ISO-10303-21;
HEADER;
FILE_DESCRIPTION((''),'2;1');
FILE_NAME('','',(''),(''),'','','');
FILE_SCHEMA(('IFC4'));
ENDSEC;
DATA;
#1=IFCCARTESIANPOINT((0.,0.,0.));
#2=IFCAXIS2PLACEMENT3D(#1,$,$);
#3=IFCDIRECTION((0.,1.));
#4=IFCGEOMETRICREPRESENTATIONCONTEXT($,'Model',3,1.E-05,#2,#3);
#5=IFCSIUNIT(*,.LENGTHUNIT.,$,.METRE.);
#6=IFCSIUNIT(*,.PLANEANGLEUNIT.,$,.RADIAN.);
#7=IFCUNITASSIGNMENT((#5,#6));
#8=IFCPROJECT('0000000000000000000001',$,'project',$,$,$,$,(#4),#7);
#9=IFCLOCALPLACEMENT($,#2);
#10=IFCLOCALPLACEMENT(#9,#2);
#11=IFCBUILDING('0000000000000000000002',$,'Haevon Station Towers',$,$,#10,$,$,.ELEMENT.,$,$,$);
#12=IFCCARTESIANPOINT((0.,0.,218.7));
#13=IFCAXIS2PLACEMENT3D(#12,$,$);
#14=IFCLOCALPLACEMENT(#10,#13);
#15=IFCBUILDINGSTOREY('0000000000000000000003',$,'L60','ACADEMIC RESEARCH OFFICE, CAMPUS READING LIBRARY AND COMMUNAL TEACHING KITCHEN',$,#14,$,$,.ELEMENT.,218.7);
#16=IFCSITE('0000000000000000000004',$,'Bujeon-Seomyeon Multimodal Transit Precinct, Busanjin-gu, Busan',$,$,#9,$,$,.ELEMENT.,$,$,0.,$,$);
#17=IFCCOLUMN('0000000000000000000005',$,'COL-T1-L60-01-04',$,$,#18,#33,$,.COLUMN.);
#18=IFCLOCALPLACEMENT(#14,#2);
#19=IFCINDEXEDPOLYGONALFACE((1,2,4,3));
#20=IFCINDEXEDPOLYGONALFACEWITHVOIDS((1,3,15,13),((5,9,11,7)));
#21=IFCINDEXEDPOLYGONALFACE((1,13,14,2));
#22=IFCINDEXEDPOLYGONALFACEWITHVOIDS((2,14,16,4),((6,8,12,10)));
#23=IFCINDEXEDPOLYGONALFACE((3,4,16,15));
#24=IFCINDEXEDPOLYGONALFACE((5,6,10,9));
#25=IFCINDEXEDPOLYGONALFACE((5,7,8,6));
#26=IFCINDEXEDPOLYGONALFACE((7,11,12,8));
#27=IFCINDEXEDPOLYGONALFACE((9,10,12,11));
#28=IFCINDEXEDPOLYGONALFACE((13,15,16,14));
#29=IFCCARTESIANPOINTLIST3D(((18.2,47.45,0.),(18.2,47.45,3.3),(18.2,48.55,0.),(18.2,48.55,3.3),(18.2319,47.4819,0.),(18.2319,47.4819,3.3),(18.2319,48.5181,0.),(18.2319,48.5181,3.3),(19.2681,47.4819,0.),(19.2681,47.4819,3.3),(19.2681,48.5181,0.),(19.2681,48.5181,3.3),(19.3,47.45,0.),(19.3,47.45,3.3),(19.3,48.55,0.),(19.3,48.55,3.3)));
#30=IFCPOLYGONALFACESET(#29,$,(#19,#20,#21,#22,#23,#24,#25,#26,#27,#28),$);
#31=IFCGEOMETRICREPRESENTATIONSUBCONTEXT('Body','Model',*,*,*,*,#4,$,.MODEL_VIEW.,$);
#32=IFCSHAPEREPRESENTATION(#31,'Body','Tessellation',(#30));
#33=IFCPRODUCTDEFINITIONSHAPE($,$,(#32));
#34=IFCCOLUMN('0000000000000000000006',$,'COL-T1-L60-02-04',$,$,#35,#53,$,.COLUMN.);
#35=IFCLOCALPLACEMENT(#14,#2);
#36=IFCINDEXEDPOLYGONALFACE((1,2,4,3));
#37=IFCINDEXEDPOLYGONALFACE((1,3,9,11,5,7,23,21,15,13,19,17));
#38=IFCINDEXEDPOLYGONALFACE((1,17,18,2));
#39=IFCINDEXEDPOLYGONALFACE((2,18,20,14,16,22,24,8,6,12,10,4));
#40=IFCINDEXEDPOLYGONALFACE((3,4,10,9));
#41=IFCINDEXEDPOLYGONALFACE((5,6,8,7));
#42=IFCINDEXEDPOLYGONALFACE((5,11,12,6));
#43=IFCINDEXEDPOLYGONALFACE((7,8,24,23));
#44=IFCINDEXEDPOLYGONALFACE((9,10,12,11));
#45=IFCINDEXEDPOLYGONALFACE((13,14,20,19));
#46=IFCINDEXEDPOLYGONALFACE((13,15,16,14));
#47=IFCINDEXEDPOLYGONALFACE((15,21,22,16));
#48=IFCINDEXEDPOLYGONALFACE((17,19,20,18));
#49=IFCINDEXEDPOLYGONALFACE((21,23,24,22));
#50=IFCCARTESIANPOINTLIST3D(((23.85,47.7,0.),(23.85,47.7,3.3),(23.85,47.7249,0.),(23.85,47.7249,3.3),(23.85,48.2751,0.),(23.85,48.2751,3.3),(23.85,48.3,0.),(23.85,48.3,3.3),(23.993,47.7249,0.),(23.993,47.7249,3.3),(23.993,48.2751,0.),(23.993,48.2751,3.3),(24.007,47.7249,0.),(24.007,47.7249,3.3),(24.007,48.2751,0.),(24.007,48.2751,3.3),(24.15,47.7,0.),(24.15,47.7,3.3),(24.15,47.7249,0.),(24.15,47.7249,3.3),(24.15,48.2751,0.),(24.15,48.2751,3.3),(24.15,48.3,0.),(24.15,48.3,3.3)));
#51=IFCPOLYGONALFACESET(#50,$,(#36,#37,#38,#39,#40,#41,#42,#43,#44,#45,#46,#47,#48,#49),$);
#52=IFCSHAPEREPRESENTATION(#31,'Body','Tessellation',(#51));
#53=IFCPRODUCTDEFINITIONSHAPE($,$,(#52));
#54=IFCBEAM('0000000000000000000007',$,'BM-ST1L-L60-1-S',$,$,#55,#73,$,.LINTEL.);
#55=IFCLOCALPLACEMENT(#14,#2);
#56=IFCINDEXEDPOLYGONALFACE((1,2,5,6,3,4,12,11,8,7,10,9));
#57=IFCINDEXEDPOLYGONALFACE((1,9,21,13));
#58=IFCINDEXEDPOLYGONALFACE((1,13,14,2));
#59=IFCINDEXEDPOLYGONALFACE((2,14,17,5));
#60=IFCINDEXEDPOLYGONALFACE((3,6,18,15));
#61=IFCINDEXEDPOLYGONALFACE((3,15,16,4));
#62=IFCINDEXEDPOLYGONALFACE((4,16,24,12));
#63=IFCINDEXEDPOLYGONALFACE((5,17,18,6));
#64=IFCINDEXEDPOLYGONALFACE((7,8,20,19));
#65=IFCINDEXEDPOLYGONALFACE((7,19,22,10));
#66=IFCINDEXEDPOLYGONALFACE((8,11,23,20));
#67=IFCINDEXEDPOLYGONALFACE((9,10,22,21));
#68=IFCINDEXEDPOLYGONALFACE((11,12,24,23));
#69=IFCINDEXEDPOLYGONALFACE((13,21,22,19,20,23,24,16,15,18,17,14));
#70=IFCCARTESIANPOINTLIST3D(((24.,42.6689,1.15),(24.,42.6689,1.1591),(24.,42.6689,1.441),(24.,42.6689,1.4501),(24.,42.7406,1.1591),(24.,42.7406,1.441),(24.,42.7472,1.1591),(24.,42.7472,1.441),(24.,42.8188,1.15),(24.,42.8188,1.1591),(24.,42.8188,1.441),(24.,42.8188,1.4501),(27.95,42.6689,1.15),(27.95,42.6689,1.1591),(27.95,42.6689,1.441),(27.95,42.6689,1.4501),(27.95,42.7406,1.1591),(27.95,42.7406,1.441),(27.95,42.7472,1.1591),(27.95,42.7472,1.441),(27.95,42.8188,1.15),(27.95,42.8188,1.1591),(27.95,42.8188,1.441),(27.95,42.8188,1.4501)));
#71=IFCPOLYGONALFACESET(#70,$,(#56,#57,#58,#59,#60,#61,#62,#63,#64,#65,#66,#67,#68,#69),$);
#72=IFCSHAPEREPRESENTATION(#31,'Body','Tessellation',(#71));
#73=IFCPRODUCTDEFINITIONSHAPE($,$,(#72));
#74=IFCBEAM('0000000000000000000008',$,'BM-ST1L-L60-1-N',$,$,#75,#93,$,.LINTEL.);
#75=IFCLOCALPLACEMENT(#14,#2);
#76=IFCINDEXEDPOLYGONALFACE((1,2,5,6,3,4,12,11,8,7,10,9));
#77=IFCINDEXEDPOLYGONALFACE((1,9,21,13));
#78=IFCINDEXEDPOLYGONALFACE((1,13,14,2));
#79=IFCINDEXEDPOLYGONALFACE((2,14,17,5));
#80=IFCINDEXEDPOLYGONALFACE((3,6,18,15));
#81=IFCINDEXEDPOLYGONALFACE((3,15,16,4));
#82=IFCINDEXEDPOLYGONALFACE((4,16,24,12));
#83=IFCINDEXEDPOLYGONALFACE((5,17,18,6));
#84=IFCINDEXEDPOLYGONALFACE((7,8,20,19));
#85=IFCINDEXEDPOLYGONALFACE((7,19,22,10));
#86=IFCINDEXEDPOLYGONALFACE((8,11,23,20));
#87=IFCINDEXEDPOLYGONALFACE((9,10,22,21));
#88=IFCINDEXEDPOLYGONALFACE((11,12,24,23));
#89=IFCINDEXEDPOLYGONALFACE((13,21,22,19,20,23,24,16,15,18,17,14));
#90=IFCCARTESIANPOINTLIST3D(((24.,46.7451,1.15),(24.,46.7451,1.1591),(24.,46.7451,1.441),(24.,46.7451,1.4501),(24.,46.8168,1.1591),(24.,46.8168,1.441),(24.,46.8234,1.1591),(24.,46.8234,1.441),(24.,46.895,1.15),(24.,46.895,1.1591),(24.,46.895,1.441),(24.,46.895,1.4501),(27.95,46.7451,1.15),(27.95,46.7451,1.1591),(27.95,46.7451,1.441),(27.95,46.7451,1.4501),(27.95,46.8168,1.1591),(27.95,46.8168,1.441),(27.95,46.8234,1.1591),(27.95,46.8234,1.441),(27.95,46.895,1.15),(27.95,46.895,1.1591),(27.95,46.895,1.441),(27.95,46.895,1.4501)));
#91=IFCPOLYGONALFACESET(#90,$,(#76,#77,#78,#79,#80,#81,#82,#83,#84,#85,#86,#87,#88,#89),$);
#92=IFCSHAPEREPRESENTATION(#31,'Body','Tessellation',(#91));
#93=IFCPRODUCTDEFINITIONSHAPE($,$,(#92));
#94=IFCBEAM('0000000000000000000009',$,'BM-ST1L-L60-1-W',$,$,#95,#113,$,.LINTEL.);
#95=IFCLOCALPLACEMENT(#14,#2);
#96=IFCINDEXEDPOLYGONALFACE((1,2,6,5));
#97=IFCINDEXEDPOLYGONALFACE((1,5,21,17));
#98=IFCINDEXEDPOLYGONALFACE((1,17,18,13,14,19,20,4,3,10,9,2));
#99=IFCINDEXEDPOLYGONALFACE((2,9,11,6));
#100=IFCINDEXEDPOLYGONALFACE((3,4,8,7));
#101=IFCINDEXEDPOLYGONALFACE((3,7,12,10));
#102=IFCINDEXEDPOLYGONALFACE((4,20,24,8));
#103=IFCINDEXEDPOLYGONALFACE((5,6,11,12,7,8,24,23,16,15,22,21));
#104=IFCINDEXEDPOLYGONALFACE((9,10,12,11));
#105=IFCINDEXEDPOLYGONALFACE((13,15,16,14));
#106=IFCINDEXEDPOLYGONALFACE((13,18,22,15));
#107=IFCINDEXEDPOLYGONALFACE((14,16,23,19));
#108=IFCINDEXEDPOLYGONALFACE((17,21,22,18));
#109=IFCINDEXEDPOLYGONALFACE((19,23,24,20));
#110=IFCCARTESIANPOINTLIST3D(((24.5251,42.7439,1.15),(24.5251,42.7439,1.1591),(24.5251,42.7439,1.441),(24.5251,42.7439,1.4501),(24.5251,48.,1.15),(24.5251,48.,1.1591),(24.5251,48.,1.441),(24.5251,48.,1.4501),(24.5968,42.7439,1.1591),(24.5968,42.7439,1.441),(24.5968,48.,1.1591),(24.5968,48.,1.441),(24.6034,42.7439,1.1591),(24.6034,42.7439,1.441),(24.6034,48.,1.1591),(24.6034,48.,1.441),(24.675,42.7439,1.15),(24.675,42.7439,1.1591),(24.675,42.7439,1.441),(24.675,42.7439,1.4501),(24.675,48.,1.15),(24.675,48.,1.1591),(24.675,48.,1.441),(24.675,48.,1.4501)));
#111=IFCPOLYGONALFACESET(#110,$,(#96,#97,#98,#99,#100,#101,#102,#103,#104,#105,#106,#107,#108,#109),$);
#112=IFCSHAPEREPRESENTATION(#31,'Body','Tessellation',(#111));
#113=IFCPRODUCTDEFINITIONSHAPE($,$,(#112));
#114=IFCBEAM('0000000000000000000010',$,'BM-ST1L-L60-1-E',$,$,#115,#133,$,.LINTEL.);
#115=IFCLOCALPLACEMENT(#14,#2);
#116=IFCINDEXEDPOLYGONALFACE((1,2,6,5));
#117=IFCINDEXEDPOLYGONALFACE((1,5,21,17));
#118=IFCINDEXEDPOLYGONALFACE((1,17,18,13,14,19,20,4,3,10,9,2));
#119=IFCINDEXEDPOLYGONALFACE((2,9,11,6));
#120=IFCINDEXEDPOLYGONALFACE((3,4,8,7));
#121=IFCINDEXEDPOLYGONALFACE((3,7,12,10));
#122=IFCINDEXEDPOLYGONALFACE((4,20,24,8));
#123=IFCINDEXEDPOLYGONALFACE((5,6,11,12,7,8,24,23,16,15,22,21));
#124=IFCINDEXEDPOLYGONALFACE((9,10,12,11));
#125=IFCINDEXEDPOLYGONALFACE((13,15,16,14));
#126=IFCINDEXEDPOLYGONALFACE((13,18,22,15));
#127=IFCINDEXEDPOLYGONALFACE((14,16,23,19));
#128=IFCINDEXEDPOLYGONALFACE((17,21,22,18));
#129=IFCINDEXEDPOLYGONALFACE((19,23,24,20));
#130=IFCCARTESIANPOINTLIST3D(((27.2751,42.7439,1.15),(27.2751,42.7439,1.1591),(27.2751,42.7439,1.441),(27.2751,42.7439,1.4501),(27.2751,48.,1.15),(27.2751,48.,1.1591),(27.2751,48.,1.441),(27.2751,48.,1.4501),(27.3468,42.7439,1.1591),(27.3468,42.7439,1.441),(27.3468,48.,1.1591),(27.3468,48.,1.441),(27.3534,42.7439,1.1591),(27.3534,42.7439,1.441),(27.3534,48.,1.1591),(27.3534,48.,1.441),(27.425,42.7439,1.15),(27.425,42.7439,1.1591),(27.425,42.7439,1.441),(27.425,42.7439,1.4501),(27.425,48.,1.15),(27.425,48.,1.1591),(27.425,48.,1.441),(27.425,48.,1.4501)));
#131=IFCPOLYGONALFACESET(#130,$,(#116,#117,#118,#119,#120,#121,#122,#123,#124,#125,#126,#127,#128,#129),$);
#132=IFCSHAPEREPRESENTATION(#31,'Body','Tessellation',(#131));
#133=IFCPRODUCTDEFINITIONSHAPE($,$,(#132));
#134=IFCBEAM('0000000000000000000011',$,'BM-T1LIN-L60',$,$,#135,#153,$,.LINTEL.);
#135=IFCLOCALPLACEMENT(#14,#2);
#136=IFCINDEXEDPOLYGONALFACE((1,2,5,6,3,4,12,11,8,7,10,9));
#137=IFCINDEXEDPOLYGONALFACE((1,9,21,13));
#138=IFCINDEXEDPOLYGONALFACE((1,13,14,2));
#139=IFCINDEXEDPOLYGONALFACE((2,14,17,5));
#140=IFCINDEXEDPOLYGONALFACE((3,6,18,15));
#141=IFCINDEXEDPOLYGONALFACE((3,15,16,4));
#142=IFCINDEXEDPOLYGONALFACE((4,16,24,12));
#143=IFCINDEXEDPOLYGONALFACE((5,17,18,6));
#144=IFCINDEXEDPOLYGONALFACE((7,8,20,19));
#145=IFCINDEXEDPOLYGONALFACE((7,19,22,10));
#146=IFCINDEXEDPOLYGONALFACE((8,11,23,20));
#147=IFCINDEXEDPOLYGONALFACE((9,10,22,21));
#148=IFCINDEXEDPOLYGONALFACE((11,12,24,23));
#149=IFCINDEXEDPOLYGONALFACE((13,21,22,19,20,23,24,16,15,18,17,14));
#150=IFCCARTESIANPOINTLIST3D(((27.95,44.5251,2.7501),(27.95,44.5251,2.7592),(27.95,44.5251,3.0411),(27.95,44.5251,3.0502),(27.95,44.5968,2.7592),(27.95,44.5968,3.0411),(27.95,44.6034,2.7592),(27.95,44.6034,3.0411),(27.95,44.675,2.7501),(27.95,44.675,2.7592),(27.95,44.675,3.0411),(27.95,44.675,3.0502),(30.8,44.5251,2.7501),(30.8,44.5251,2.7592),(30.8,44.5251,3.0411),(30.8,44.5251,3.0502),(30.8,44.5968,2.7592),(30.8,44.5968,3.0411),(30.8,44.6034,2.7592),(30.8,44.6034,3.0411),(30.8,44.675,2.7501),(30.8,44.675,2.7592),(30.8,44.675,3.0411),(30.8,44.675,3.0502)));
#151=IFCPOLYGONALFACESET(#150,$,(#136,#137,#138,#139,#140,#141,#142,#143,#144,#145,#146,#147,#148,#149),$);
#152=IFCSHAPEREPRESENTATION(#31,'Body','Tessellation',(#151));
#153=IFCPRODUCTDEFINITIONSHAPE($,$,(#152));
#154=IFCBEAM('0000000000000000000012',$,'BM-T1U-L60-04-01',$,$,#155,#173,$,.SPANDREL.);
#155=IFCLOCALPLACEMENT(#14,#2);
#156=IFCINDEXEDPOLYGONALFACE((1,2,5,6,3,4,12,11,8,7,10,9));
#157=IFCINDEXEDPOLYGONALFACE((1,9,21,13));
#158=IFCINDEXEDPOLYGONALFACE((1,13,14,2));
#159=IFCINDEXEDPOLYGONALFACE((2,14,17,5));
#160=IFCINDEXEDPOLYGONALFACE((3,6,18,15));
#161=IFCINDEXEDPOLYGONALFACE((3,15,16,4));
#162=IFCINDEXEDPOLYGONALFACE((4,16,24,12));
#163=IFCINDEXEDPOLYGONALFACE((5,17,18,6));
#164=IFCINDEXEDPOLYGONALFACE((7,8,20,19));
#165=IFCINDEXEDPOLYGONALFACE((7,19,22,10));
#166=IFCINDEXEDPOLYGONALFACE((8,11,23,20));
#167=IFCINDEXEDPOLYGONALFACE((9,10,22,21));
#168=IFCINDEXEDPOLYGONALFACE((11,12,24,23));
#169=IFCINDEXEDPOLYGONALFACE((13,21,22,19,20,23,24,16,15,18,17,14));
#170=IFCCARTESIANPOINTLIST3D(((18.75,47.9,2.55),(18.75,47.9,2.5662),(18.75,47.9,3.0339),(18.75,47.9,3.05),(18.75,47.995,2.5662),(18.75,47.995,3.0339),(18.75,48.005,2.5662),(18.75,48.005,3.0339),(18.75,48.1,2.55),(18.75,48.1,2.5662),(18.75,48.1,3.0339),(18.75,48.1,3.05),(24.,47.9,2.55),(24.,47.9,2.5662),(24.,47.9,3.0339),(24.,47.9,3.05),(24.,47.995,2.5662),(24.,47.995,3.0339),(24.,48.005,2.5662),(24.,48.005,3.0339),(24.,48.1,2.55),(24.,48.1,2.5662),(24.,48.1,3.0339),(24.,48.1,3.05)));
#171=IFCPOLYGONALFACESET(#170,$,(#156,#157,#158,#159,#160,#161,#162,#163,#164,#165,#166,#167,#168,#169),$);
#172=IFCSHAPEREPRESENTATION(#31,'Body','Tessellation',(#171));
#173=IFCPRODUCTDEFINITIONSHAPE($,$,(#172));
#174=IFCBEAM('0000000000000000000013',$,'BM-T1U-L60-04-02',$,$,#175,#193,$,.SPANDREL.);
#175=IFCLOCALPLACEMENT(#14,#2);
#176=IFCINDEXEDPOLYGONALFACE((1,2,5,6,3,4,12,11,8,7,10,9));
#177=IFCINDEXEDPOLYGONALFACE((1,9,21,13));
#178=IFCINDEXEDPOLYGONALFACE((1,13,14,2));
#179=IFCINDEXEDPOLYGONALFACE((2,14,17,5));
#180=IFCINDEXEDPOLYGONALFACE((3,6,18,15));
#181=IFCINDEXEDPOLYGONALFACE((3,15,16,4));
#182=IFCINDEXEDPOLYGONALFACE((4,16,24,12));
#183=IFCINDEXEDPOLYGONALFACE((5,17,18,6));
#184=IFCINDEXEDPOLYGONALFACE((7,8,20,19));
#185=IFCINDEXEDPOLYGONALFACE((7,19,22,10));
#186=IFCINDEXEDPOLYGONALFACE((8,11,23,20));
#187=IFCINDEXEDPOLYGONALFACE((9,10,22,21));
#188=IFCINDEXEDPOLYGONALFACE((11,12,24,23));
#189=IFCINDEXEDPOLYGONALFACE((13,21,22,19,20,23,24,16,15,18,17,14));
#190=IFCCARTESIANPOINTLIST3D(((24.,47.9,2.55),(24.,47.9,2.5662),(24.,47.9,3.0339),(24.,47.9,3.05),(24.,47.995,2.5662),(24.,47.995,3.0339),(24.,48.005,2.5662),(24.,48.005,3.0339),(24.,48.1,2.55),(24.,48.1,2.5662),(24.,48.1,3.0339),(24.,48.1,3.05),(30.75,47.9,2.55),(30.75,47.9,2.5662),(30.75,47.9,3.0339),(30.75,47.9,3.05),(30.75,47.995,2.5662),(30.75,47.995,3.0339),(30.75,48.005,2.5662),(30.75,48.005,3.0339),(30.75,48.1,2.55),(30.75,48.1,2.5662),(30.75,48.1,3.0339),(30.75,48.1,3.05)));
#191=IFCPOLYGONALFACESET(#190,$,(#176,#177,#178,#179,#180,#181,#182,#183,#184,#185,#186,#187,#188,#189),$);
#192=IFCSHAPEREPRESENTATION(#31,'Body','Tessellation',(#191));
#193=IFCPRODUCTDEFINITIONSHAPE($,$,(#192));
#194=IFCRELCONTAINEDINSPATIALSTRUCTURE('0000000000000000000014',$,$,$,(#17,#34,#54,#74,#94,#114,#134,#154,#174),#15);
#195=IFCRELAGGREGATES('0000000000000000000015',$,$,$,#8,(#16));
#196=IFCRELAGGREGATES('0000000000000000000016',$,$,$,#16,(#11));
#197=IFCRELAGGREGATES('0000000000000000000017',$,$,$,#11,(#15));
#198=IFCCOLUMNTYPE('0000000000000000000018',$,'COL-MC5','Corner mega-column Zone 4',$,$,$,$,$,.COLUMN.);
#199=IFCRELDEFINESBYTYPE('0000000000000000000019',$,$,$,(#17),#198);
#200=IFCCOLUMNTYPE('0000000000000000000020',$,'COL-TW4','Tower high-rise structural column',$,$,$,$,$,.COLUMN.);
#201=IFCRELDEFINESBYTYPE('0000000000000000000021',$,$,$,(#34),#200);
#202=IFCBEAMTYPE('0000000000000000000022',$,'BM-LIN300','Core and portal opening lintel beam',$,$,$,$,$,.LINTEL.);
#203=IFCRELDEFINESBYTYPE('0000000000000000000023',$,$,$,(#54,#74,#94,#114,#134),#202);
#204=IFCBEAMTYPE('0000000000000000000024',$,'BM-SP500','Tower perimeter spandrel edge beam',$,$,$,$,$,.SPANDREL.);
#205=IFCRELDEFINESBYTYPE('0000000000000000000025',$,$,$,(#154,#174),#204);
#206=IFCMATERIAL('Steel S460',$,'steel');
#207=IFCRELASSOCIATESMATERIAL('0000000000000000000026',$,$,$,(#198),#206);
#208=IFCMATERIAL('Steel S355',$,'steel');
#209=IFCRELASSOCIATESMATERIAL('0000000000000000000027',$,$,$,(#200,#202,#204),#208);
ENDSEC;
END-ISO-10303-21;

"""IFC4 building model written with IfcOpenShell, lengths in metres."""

from ifc_helpers import new_model, si_unit, direction, frame, origin, origin_2d, place, context, subcontext, project, spatial, hollow_rectangle, i_section, extrude, material, material_profile, profile_set, type_object, element, save


model = new_model("IFC4")

# Units and contexts
model_context = context("Model", 3, precision=1e-05, world=origin(), true_north=direction((0.0, 1.0)))
body_context = subcontext(model_context, "Body", "Model", "MODEL_VIEW")
ifc_project = project(units=[si_unit("LENGTHUNIT", "METRE"), si_unit("PLANEANGLEUNIT", "RADIAN")], contexts=[model_context])

# Site, building, storey
site_placement = place(None, origin())
site = spatial("IfcSite", under=ifc_project, at=site_placement, Name="Bujeon-Seomyeon Multimodal Transit Precinct, Busanjin-gu, Busan", CompositionType="ELEMENT", RefElevation=0.0)
building_placement = place(site_placement, origin())
building = spatial("IfcBuilding", under=site, at=building_placement, Name="Haevon Station Towers", CompositionType="ELEMENT")
storey_placement = place(building_placement, frame((0.0, 0.0, 218.7)))
storey = spatial("IfcBuildingStorey", under=building, at=storey_placement, Name="L60", Description="ACADEMIC RESEARCH OFFICE, CAMPUS READING LIBRARY AND COMMUNAL TEACHING KITCHEN", CompositionType="ELEMENT", Elevation=218.7)

# Columns
ifc_material_1 = material(Name="Steel S460", Category="steel")
ifc_material_profile_1 = material_profile(ifc_material_1, hollow_rectangle(XDim=1.1001, YDim=1.1001, WallThickness=0.032, at=origin_2d()), Name="BOX-1100x1100x32")
ifc_profile_set_1 = profile_set([ifc_material_profile_1], Name="Steel S460")
column_type_1 = type_object("IfcColumnType", Name="COL-MC5", Description="Corner mega-column Zone 4", PredefinedType="COLUMN", material=ifc_profile_set_1)
column_1_placement = place(storey_placement, frame((18.75, 48.0, 0.0), z_axis=(0.0, 0.0, 1.0), x_axis=(1.0, 0.0, 0.0)))
element("IfcColumn", 1, at=column_1_placement, inside=storey, type_object=column_type_1, Name="COL-T1-L60-01-04", PredefinedType="COLUMN", context=body_context, shape_type="SweptSolid", body=[
    extrude(hollow_rectangle(XDim=1.1001, YDim=1.1001, WallThickness=0.032, at=origin_2d()), origin(), (0.0, 0.0, 1.0), 3.3),
])
ifc_material_2 = material(Name="Steel S355", Category="steel")
ifc_material_profile_2 = material_profile(ifc_material_2, i_section(OverallWidth=0.3, OverallDepth=0.6001, WebThickness=0.0139, FlangeThickness=0.0249, at=origin_2d()), Name="H-600x300x14x25")
ifc_profile_set_2 = profile_set([ifc_material_profile_2], Name="Steel S355")
column_type_2 = type_object("IfcColumnType", Name="COL-TW4", Description="Tower high-rise structural column", PredefinedType="COLUMN", material=ifc_profile_set_2)
column_2_placement = place(storey_placement, frame((24.0, 48.0, 0.0), z_axis=(0.0, 0.0, 1.0), x_axis=(1.0, 0.0, 0.0)))
element("IfcColumn", 2, at=column_2_placement, inside=storey, type_object=column_type_2, Name="COL-T1-L60-02-04", PredefinedType="COLUMN", context=body_context, shape_type="SweptSolid", body=[
    extrude(i_section(OverallWidth=0.3, OverallDepth=0.6001, WebThickness=0.0139, FlangeThickness=0.0249, at=origin_2d()), origin(), (0.0, 0.0, 1.0), 3.3),
])

# Beams
ifc_material_profile_3 = material_profile(ifc_material_2, i_section(OverallWidth=0.1499, OverallDepth=0.3, WebThickness=0.0066, FlangeThickness=0.009, at=origin_2d()), Name="H-300x150x6.5x9")
ifc_profile_set_3 = profile_set([ifc_material_profile_3], Name="Steel S355")
beam_type_1 = type_object("IfcBeamType", Name="BM-LIN300", Description="Core and portal opening lintel beam", PredefinedType="LINTEL", material=ifc_profile_set_3)
for number, where, z_axis, x_axis, name in (
    (3, (24.0, 42.7439, 1.3), (1.0, 0.0, 0.0), (0.0, 1.0, 0.0), "BM-ST1L-L60-1-S"),
    (4, (24.0, 46.8201, 1.3), (1.0, 0.0, 0.0), (0.0, 1.0, 0.0), "BM-ST1L-L60-1-N"),
):
    element("IfcBeam", number, at=place(storey_placement, frame(where, z_axis=z_axis, x_axis=x_axis)), inside=storey, type_object=beam_type_1, Name=name, PredefinedType="LINTEL", context=body_context, shape_type="SweptSolid", body=[
        extrude(i_section(OverallWidth=0.1499, OverallDepth=0.3, WebThickness=0.0066, FlangeThickness=0.009, at=origin_2d()), origin(), (0.0, 0.0, 1.0), 3.95),
    ])
for number, where, z_axis, x_axis, name in (
    (5, (24.6001, 42.7439, 1.3), (0.0, 1.0, 0.0), (-1.0, 0.0, 0.0), "BM-ST1L-L60-1-W"),
    (6, (27.3501, 42.7439, 1.3), (0.0, 1.0, 0.0), (-1.0, 0.0, 0.0), "BM-ST1L-L60-1-E"),
):
    element("IfcBeam", number, at=place(storey_placement, frame(where, z_axis=z_axis, x_axis=x_axis)), inside=storey, type_object=beam_type_1, Name=name, PredefinedType="LINTEL", context=body_context, shape_type="SweptSolid", body=[
        extrude(i_section(OverallWidth=0.1499, OverallDepth=0.3, WebThickness=0.0066, FlangeThickness=0.009, at=origin_2d()), origin(), (0.0, 0.0, 1.0), 5.2561),
    ])
beam_1_placement = place(storey_placement, frame((27.95, 44.6001, 2.9001), z_axis=(1.0, 0.0, 0.0), x_axis=(0.0, 1.0, 0.0)))
element("IfcBeam", 7, at=beam_1_placement, inside=storey, type_object=beam_type_1, Name="BM-T1LIN-L60", PredefinedType="LINTEL", context=body_context, shape_type="SweptSolid", body=[
    extrude(i_section(OverallWidth=0.1499, OverallDepth=0.3, WebThickness=0.0066, FlangeThickness=0.009, at=origin_2d()), origin(), (0.0, 0.0, 1.0), 2.8501),
])
ifc_material_profile_4 = material_profile(ifc_material_2, i_section(OverallWidth=0.2, OverallDepth=0.5, WebThickness=0.01, FlangeThickness=0.0161, at=origin_2d()), Name="H-500x200x10x16")
ifc_profile_set_4 = profile_set([ifc_material_profile_4], Name="Steel S355")
beam_type_2 = type_object("IfcBeamType", Name="BM-SP500", Description="Tower perimeter spandrel edge beam", PredefinedType="SPANDREL", material=ifc_profile_set_4)
beam_2_placement = place(storey_placement, frame((18.75, 48.0, 2.8), z_axis=(1.0, 0.0, 0.0), x_axis=(0.0, 1.0, 0.0)))
element("IfcBeam", 8, at=beam_2_placement, inside=storey, type_object=beam_type_2, Name="BM-T1U-L60-04-01", PredefinedType="SPANDREL", context=body_context, shape_type="SweptSolid", body=[
    extrude(i_section(OverallWidth=0.2, OverallDepth=0.5, WebThickness=0.01, FlangeThickness=0.0161, at=origin_2d()), origin(), (0.0, 0.0, 1.0), 5.25),
])
beam_3_placement = place(storey_placement, frame((24.0, 48.0, 2.8), z_axis=(1.0, 0.0, 0.0), x_axis=(0.0, 1.0, 0.0)))
element("IfcBeam", 9, at=beam_3_placement, inside=storey, type_object=beam_type_2, Name="BM-T1U-L60-04-02", PredefinedType="SPANDREL", context=body_context, shape_type="SweptSolid", body=[
    extrude(i_section(OverallWidth=0.2, OverallDepth=0.5, WebThickness=0.01, FlangeThickness=0.0161, at=origin_2d()), origin(), (0.0, 0.0, 1.0), 6.75),
])

save(model, "model.ifc")
